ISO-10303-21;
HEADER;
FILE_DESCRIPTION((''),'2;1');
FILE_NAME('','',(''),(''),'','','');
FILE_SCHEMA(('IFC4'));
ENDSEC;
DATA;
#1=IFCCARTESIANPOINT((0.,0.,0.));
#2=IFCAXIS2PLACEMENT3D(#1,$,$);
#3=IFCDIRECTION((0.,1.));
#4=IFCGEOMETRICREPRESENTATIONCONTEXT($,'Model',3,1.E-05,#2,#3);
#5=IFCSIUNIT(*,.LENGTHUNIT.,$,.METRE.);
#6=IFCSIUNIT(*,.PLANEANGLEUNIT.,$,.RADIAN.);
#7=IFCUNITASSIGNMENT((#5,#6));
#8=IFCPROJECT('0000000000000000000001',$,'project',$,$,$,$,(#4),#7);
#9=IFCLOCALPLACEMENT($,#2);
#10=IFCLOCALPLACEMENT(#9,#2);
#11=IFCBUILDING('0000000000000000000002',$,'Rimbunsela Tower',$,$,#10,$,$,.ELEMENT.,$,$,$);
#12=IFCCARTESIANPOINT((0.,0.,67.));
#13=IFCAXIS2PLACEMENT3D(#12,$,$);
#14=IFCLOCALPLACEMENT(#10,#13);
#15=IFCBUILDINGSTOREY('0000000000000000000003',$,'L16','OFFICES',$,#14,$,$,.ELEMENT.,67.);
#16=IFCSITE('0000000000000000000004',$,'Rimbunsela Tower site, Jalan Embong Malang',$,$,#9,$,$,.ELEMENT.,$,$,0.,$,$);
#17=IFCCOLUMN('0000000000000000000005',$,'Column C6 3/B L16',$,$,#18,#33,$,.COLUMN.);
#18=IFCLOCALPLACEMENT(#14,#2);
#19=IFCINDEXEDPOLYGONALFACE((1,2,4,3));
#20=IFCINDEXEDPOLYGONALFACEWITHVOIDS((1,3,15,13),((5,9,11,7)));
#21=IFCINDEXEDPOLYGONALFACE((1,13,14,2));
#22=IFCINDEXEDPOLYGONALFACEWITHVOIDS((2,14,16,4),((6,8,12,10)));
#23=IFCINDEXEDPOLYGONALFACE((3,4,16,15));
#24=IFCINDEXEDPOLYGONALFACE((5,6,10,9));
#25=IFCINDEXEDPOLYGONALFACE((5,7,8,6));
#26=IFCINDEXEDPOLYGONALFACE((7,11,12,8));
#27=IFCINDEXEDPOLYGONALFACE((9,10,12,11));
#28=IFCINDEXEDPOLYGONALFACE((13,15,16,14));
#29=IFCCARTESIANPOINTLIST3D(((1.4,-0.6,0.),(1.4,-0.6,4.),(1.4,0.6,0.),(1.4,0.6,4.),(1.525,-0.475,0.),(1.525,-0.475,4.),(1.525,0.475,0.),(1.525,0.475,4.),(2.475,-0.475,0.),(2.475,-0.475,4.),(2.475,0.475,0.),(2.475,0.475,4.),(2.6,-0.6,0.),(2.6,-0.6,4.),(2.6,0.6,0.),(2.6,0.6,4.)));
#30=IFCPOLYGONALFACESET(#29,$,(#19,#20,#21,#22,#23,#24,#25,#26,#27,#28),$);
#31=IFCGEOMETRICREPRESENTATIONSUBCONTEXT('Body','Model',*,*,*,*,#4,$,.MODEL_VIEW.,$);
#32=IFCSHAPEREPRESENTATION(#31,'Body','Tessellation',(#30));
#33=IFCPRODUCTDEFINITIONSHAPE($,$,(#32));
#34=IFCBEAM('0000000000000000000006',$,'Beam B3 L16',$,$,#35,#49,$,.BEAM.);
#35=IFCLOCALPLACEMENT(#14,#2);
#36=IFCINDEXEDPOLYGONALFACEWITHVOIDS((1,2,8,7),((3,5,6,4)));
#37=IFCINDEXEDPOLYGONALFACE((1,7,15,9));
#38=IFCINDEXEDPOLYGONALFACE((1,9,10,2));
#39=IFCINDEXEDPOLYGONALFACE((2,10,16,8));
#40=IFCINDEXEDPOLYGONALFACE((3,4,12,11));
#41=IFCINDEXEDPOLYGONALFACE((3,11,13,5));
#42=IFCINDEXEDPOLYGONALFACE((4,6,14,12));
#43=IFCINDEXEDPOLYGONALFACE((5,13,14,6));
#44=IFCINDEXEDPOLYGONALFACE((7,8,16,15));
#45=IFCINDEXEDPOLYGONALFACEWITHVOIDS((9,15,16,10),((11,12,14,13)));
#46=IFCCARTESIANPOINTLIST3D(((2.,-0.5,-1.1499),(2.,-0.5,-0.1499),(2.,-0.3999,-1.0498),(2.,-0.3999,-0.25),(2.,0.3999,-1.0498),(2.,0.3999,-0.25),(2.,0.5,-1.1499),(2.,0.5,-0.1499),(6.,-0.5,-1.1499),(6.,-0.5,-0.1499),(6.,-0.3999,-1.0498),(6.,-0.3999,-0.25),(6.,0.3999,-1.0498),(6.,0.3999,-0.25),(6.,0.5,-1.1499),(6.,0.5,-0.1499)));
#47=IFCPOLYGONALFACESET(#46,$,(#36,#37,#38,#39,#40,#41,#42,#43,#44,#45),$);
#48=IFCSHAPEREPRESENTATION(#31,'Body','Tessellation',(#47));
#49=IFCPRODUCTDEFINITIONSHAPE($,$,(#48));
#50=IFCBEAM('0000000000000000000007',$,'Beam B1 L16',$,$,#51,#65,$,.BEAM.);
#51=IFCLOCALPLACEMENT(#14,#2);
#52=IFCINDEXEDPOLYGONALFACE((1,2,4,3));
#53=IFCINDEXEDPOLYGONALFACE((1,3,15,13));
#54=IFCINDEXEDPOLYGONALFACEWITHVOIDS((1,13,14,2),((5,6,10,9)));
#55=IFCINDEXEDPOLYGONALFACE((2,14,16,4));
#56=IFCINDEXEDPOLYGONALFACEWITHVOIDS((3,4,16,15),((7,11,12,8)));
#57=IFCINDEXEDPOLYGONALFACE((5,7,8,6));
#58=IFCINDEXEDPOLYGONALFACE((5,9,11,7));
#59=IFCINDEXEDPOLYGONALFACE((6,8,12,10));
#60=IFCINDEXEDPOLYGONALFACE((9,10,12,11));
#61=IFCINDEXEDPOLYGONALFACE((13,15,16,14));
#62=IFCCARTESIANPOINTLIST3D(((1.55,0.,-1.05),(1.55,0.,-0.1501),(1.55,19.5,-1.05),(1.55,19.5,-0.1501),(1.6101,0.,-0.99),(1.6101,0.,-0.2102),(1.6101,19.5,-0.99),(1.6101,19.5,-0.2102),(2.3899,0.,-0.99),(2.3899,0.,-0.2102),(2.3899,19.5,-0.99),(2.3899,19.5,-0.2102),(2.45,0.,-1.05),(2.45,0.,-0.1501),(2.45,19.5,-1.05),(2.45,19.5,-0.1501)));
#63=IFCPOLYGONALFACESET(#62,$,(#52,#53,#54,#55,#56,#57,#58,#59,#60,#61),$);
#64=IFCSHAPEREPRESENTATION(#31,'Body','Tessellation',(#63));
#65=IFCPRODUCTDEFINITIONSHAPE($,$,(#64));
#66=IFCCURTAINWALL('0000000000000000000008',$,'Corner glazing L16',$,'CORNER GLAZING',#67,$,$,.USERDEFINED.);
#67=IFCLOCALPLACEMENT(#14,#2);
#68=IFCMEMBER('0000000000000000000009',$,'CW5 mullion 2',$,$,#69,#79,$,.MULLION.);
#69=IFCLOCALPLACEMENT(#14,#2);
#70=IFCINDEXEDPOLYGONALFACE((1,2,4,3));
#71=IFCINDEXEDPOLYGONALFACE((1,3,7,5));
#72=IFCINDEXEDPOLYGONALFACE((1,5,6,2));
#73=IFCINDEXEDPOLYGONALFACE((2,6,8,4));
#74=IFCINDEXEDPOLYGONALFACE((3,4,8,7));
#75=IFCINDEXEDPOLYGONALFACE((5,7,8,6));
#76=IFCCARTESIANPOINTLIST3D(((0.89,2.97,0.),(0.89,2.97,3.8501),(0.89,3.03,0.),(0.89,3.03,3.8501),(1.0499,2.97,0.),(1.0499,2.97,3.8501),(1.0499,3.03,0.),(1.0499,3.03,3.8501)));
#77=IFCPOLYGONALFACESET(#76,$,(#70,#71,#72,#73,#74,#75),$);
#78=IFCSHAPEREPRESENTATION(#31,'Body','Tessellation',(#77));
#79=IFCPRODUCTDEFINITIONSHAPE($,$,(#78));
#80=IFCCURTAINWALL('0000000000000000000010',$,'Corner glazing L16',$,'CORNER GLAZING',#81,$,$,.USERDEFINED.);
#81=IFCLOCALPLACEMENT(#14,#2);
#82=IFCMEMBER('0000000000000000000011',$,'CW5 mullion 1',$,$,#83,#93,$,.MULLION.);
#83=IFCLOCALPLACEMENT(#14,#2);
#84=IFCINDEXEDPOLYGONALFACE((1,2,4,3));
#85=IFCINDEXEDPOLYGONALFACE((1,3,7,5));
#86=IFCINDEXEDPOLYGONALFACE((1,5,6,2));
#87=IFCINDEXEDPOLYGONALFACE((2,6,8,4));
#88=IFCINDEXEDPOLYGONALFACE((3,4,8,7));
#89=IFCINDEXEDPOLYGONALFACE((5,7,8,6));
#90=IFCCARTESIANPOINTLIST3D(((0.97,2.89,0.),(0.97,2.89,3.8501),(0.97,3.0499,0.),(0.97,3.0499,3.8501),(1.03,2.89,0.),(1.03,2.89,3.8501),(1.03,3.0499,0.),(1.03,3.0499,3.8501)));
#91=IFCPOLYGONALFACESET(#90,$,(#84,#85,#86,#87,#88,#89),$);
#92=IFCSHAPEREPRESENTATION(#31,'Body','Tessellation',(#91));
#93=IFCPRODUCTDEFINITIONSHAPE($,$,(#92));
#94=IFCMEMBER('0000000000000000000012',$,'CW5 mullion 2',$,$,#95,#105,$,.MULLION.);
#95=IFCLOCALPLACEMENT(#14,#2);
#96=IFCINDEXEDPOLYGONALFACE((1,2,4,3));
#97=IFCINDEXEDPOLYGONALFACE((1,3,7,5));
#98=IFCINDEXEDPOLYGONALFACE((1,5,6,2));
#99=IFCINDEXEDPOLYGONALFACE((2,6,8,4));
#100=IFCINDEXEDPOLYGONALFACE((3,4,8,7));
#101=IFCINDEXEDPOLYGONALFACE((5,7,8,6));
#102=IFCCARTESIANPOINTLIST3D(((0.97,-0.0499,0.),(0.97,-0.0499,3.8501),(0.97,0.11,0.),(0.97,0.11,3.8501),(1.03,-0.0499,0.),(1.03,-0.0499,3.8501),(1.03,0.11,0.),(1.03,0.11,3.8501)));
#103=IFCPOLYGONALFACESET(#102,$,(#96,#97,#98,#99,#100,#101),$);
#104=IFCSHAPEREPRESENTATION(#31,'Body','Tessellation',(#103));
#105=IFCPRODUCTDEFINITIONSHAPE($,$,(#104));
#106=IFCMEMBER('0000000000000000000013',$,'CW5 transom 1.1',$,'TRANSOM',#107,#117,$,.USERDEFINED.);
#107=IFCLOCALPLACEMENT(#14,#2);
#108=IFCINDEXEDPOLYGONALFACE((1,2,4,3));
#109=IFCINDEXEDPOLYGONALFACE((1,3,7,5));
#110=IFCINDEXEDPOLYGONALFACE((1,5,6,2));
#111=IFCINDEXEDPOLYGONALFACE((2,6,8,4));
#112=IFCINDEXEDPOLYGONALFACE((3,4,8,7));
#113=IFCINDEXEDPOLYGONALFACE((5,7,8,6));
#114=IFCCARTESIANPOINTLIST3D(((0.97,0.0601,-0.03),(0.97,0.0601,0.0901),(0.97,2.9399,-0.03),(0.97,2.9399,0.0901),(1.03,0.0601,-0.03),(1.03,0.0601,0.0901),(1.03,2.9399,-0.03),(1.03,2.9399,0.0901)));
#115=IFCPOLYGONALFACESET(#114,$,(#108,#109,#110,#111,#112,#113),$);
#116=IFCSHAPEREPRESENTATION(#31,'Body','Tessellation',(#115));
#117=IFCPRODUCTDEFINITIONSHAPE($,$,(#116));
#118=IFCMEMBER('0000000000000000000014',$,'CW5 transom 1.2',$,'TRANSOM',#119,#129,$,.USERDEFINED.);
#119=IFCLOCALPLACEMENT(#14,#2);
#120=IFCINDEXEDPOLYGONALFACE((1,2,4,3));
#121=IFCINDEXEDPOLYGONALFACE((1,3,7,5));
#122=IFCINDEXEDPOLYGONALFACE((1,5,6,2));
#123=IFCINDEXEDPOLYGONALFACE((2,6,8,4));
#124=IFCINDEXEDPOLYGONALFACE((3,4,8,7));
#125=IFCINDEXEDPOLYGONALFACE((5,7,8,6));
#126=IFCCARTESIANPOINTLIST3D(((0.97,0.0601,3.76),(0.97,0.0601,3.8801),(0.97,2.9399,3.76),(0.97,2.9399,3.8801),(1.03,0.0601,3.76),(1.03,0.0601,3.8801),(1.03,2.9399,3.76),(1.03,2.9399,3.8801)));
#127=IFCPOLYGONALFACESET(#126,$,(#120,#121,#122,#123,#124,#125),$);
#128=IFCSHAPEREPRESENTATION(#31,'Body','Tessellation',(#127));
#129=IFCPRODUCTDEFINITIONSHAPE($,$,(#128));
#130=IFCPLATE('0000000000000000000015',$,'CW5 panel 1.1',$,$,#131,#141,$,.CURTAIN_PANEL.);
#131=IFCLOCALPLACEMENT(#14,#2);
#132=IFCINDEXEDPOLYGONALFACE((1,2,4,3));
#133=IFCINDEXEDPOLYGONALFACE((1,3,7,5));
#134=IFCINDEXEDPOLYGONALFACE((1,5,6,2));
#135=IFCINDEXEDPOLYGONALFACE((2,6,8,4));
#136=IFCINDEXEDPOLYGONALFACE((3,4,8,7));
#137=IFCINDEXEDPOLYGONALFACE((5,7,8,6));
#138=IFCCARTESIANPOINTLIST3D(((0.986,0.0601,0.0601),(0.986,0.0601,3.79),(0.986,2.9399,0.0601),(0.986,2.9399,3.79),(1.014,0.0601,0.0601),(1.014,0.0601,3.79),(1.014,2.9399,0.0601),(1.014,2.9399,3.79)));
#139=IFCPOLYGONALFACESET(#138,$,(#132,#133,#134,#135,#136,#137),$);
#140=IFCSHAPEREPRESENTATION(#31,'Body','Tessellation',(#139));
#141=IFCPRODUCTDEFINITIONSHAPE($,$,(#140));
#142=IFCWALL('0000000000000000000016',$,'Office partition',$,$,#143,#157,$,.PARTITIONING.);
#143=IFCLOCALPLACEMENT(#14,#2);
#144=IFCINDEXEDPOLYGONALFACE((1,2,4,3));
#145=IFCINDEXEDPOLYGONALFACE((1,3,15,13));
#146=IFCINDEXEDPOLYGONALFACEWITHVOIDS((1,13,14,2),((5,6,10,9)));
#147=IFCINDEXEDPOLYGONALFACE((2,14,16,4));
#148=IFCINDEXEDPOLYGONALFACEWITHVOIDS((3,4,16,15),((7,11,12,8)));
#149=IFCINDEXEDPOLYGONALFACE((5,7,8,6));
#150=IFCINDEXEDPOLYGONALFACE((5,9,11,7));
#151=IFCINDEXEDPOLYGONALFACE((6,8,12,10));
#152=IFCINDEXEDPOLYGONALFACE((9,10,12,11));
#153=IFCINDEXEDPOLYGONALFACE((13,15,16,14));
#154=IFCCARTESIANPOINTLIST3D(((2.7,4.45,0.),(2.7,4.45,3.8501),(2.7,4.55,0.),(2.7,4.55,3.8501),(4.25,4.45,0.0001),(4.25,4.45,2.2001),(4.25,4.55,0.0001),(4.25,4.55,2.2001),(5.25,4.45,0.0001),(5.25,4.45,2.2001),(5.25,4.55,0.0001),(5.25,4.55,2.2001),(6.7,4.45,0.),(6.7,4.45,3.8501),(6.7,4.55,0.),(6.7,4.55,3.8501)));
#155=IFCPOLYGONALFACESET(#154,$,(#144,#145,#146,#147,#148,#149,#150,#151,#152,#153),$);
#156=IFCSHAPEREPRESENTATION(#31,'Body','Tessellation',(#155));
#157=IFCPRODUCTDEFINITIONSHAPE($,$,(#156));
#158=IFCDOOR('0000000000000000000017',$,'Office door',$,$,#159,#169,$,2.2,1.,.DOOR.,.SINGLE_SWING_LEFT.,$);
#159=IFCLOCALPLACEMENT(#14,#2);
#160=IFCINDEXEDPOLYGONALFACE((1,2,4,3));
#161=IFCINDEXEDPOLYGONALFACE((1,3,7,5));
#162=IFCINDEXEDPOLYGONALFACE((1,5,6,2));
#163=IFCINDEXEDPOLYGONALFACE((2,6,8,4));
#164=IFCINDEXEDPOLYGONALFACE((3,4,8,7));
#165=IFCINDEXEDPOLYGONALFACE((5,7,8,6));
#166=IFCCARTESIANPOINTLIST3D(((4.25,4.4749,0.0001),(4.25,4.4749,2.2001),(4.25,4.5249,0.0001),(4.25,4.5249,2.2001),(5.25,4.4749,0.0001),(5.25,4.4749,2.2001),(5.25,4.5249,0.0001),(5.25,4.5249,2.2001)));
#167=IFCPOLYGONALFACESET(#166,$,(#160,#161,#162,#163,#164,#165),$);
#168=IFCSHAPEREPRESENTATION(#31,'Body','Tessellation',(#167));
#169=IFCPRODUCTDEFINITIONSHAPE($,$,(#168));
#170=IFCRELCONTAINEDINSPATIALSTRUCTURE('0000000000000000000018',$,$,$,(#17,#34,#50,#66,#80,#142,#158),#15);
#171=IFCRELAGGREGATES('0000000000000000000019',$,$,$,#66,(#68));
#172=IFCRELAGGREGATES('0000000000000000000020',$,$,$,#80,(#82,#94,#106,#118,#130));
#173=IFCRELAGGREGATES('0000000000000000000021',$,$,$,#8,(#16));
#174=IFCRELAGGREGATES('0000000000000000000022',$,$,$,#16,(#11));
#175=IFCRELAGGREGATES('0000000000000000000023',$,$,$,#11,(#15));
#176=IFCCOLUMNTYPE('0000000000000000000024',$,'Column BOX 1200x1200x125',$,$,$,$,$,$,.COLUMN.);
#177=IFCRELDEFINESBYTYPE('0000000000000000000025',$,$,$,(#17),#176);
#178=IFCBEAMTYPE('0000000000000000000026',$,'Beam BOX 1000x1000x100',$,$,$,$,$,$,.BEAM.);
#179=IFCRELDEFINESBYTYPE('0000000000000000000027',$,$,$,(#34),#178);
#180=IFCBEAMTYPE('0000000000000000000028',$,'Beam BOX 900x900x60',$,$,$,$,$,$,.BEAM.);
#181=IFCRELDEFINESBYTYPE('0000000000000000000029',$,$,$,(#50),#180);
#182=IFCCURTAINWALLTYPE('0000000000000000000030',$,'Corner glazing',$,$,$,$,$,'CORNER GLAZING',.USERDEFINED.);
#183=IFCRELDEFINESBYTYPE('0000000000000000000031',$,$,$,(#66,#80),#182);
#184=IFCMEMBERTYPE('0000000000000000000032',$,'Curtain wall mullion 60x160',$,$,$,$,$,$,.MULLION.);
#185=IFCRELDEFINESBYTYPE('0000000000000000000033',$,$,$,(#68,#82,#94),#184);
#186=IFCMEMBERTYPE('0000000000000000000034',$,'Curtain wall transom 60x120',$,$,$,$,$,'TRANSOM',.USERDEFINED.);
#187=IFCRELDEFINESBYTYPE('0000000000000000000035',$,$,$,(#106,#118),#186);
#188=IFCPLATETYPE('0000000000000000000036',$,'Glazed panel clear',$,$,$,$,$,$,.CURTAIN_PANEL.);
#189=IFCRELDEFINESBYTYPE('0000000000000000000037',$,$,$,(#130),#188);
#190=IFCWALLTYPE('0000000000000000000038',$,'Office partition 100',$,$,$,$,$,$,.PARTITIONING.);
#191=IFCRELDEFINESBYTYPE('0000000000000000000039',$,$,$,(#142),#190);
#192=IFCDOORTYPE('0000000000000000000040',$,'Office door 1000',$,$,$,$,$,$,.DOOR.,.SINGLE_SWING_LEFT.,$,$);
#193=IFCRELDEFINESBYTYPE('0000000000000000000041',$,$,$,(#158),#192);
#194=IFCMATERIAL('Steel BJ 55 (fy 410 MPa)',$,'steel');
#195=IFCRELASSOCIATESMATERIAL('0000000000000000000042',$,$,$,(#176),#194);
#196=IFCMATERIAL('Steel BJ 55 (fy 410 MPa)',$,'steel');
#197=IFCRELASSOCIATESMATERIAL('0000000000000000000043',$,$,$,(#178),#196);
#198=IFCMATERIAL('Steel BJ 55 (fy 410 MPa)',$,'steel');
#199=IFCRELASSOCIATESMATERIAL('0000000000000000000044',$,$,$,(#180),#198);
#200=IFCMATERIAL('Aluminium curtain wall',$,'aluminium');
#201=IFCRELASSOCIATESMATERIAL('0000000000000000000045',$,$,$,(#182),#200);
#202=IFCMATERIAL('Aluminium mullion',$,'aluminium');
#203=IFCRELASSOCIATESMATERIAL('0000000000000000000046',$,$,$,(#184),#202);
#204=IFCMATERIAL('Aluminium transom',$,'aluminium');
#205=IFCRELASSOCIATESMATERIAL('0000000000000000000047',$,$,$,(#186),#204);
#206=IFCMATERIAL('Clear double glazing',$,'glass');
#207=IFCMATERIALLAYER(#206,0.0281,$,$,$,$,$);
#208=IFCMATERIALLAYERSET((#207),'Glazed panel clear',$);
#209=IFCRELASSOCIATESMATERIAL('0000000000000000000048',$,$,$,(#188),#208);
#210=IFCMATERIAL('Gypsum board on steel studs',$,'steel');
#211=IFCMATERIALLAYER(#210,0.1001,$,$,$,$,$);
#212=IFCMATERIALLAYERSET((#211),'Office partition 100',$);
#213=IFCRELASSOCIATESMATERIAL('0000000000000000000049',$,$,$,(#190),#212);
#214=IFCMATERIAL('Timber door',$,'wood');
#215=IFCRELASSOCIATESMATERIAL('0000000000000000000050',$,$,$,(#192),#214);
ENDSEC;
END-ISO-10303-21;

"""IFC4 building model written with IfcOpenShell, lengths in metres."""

from ifc_helpers import new_model, si_unit, direction, frame, frame_2d, origin, origin_2d, place, context, subcontext, project, spatial, rectangle, hollow_rectangle, extrude, material, layer, layer_set, material_profile, profile_set, type_object, element, fill, aggregate, save


model = new_model("IFC4")

# Units and contexts
model_context = context("Model", 3, precision=1e-05, world=origin(), true_north=direction((0.0, 1.0)))
body_context = subcontext(model_context, "Body", "Model", "MODEL_VIEW")
ifc_project = project(units=[si_unit("LENGTHUNIT", "METRE"), si_unit("PLANEANGLEUNIT", "RADIAN")], contexts=[model_context])

# Site, building, storey
site_placement = place(None, origin())
site = spatial("IfcSite", under=ifc_project, at=site_placement, Name="Rimbunsela Tower site, Jalan Embong Malang", CompositionType="ELEMENT", RefElevation=0.0)
building_placement = place(site_placement, origin())
building = spatial("IfcBuilding", under=site, at=building_placement, Name="Rimbunsela Tower", CompositionType="ELEMENT")
storey_placement = place(building_placement, frame((0.0, 0.0, 67.0)))
storey = spatial("IfcBuildingStorey", under=building, at=storey_placement, Name="L16", Description="OFFICES", CompositionType="ELEMENT", Elevation=67.0)

# Column
ifc_material_1 = material(Name="Steel BJ 55 (fy 410 MPa)", Category="steel")
ifc_material_profile_1 = material_profile(ifc_material_1, hollow_rectangle(XDim=1.2, YDim=1.2, WallThickness=0.125, at=origin_2d()), Name="BOX 1200x1200x125")
ifc_profile_set_1 = profile_set([ifc_material_profile_1], Name="Steel BJ 55 (fy 410 MPa)")
column_type = type_object("IfcColumnType", Name="Column BOX 1200x1200x125", PredefinedType="COLUMN", material=ifc_profile_set_1)
column_placement = place(storey_placement, frame((2.0, 0.0, 0.0), z_axis=(0.0, 0.0, 1.0), x_axis=(1.0, 0.0, 0.0)))
element("IfcColumn", 1, at=column_placement, inside=storey, type_object=column_type, Name="Column C6 3/B L16", PredefinedType="COLUMN", context=body_context, shape_type="SweptSolid", body=[
    extrude(hollow_rectangle(XDim=1.2, YDim=1.2, WallThickness=0.125, at=origin_2d()), origin(), (0.0, 0.0, 1.0), 4.0),
])

# Beams
ifc_material_2 = material(Name="Steel BJ 55 (fy 410 MPa)", Category="steel")
ifc_material_profile_2 = material_profile(ifc_material_2, hollow_rectangle(XDim=1.0, YDim=1.0, WallThickness=0.1001, at=origin_2d()), Name="BOX 1000x1000x100")
ifc_profile_set_2 = profile_set([ifc_material_profile_2], Name="Steel BJ 55 (fy 410 MPa)")
beam_type_1 = type_object("IfcBeamType", Name="Beam BOX 1000x1000x100", PredefinedType="BEAM", material=ifc_profile_set_2)
beam_1_placement = place(storey_placement, frame((2.0, 0.0, -0.6499), z_axis=(1.0, 0.0, 0.0), x_axis=(0.0, 1.0, 0.0)))
element("IfcBeam", 2, at=beam_1_placement, inside=storey, type_object=beam_type_1, Name="Beam B3 L16", PredefinedType="BEAM", context=body_context, shape_type="SweptSolid", body=[
    extrude(hollow_rectangle(XDim=1.0, YDim=1.0, WallThickness=0.1001, at=origin_2d()), origin(), (0.0, 0.0, 1.0), 4.0),
])
ifc_material_3 = material(Name="Steel BJ 55 (fy 410 MPa)", Category="steel")
ifc_material_profile_3 = material_profile(ifc_material_3, hollow_rectangle(XDim=0.8999, YDim=0.8999, WallThickness=0.0601, at=origin_2d()), Name="BOX 900x900x60")
ifc_profile_set_3 = profile_set([ifc_material_profile_3], Name="Steel BJ 55 (fy 410 MPa)")
beam_type_2 = type_object("IfcBeamType", Name="Beam BOX 900x900x60", PredefinedType="BEAM", material=ifc_profile_set_3)
beam_2_placement = place(storey_placement, frame((2.0, 0.0, -0.6001), z_axis=(0.0, 1.0, 0.0), x_axis=(-1.0, 0.0, 0.0)))
element("IfcBeam", 3, at=beam_2_placement, inside=storey, type_object=beam_type_2, Name="Beam B1 L16", PredefinedType="BEAM", context=body_context, shape_type="SweptSolid", body=[
    extrude(hollow_rectangle(XDim=0.8999, YDim=0.8999, WallThickness=0.0601, at=origin_2d()), origin(), (0.0, 0.0, 1.0), 19.5),
])

# Curtain wall, member
ifc_material_4 = material(Name="Aluminium curtain wall", Category="aluminium")
curtain_wall_type = type_object("IfcCurtainWallType", Name="Corner glazing", ElementType="CORNER GLAZING", PredefinedType="USERDEFINED", material=ifc_material_4)
curtain_wall_1_placement = place(storey_placement, origin())
curtain_wall_1 = element("IfcCurtainWall", 4, at=curtain_wall_1_placement, inside=storey, type_object=curtain_wall_type, Name="Corner glazing L16", ObjectType="CORNER GLAZING", PredefinedType="USERDEFINED")
ifc_material_5 = material(Name="Aluminium mullion", Category="aluminium")
ifc_material_profile_4 = material_profile(ifc_material_5, rectangle(XDim=0.0601, YDim=0.1599, at=origin_2d()), Name="Mullion 60x160")
ifc_profile_set_4 = profile_set([ifc_material_profile_4], Name="Aluminium mullion")
member_type_1 = type_object("IfcMemberType", Name="Curtain wall mullion 60x160", PredefinedType="MULLION", material=ifc_profile_set_4)
member_1_placement = place(storey_placement, frame((0.97, 3.0, 0.0), z_axis=(0.0, 0.0, 1.0), x_axis=(0.0, 1.0, 0.0)))
member_1 = element("IfcMember", 5, at=member_1_placement, type_object=member_type_1, Name="CW5 mullion 2", PredefinedType="MULLION", context=body_context, shape_type="SweptSolid", body=[
    extrude(rectangle(XDim=0.0601, YDim=0.1599, at=origin_2d()), origin(), (0.0, 0.0, 1.0), 3.8501),
])
aggregate(curtain_wall_1, [member_1])

# Curtain wall, members, plate
curtain_wall_2_placement = place(storey_placement, origin())
curtain_wall_2 = element("IfcCurtainWall", 6, at=curtain_wall_2_placement, inside=storey, type_object=curtain_wall_type, Name="Corner glazing L16", ObjectType="CORNER GLAZING", PredefinedType="USERDEFINED")
member_2_placement = place(storey_placement, frame((1.0, 2.97, 0.0), z_axis=(0.0, 0.0, 1.0), x_axis=(1.0, 0.0, 0.0)))
member_2 = element("IfcMember", 7, at=member_2_placement, type_object=member_type_1, Name="CW5 mullion 1", PredefinedType="MULLION", context=body_context, shape_type="SweptSolid", body=[
    extrude(rectangle(XDim=0.0601, YDim=0.1599, at=origin_2d()), origin(), (0.0, 0.0, 1.0), 3.8501),
])
member_3_placement = place(storey_placement, frame((1.0, 0.03, 0.0), z_axis=(0.0, 0.0, 1.0), x_axis=(1.0, 0.0, 0.0)))
member_3 = element("IfcMember", 8, at=member_3_placement, type_object=member_type_1, Name="CW5 mullion 2", PredefinedType="MULLION", context=body_context, shape_type="SweptSolid", body=[
    extrude(rectangle(XDim=0.0601, YDim=0.1599, at=origin_2d()), origin(), (0.0, 0.0, 1.0), 3.8501),
])
ifc_material_6 = material(Name="Aluminium transom", Category="aluminium")
ifc_material_profile_5 = material_profile(ifc_material_6, rectangle(XDim=0.0601, YDim=0.1201, at=origin_2d()), Name="Transom 60x120")
ifc_profile_set_5 = profile_set([ifc_material_profile_5], Name="Aluminium transom")
member_type_2 = type_object("IfcMemberType", Name="Curtain wall transom 60x120", ElementType="TRANSOM", PredefinedType="USERDEFINED", material=ifc_profile_set_5)
member_4_placement = place(storey_placement, frame((1.0, 2.9399, 0.03), z_axis=(0.0, -1.0, 0.0), x_axis=(1.0, 0.0, 0.0)))
member_4 = element("IfcMember", 9, at=member_4_placement, type_object=member_type_2, Name="CW5 transom 1.1", ObjectType="TRANSOM", PredefinedType="USERDEFINED", context=body_context, shape_type="SweptSolid", body=[
    extrude(rectangle(XDim=0.0601, YDim=0.1201, at=origin_2d()), origin(), (0.0, 0.0, 1.0), 2.8799),
])
member_5_placement = place(storey_placement, frame((1.0, 2.9399, 3.8201), z_axis=(0.0, -1.0, 0.0), x_axis=(1.0, 0.0, 0.0)))
member_5 = element("IfcMember", 10, at=member_5_placement, type_object=member_type_2, Name="CW5 transom 1.2", ObjectType="TRANSOM", PredefinedType="USERDEFINED", context=body_context, shape_type="SweptSolid", body=[
    extrude(rectangle(XDim=0.0601, YDim=0.1201, at=origin_2d()), origin(), (0.0, 0.0, 1.0), 2.8799),
])
ifc_material_7 = material(Name="Clear double glazing", Category="glass")
ifc_layer_1 = layer(ifc_material_7, 0.0281)
ifc_layer_set_1 = layer_set([ifc_layer_1], Name="Glazed panel clear")
plate_type = type_object("IfcPlateType", Name="Glazed panel clear", PredefinedType="CURTAIN_PANEL", material=ifc_layer_set_1)
plate_placement = place(storey_placement, frame((1.0, 1.5, 0.0601), z_axis=(0.0, 0.0, 1.0), x_axis=(0.0, -1.0, 0.0)))
plate = element("IfcPlate", 11, at=plate_placement, type_object=plate_type, Name="CW5 panel 1.1", PredefinedType="CURTAIN_PANEL", context=body_context, shape_type="SweptSolid", body=[
    extrude(rectangle(XDim=2.8799, YDim=0.0281, at=origin_2d()), origin(), (0.0, 0.0, 1.0), 3.73),
])
aggregate(curtain_wall_2, [member_2, member_3, member_4, member_5, plate])

# Wall, opening, door
ifc_material_8 = material(Name="Gypsum board on steel studs", Category="steel")
ifc_layer_2 = layer(ifc_material_8, 0.1001)
ifc_layer_set_2 = layer_set([ifc_layer_2], Name="Office partition 100")
wall_type_1 = type_object("IfcWallType", Name="Office partition 100", PredefinedType="PARTITIONING", material=ifc_layer_set_2)
wall_1_placement = place(storey_placement, frame((2.7, 4.5, 0.0), z_axis=(0.0, 0.0, 1.0), x_axis=(1.0, 0.0, 0.0)))
wall_1 = element("IfcWall", 12, at=wall_1_placement, inside=storey, type_object=wall_type_1, Name="Office partition", PredefinedType="PARTITIONING", context=body_context, shape_type="SweptSolid", body=[
    extrude(rectangle(XDim=4.0, YDim=0.1001, at=frame_2d((2.0, 0.0))), origin(), (0.0, 0.0, 1.0), 3.8501),
])
opening_1_placement = place(wall_1_placement, frame((1.55, 0.0, 0.0)))
opening_1 = element("IfcOpeningElement", 13, at=opening_1_placement, cuts=wall_1, PredefinedType="OPENING", context=body_context, shape_type="SweptSolid", body=[
    extrude(rectangle(XDim=1.0, YDim=2.2, at=frame_2d((0.5, 1.1001))), frame((0.0, 0.0601, 0.0), z_axis=(0.0, -1.0, 0.0), x_axis=(1.0, 0.0, 0.0)), (0.0, 0.0, 1.0), 0.1201),
])
ifc_material_9 = material(Name="Timber door", Category="wood")
door_type = type_object("IfcDoorType", Name="Office door 1000", OperationType="SINGLE_SWING_LEFT", PredefinedType="DOOR", material=ifc_material_9)
door_placement = place(opening_1_placement, origin())
door = element("IfcDoor", 14, at=door_placement, inside=storey, type_object=door_type, Name="Office door", OperationType="SINGLE_SWING_LEFT", OverallHeight=2.2, OverallWidth=1.0, PredefinedType="DOOR", context=body_context, shape_type="SweptSolid", body=[
    extrude(rectangle(XDim=1.0, YDim=2.2, at=frame_2d((0.5, 1.1001))), frame((0.0, 0.0249, 0.0), z_axis=(0.0, -1.0, 0.0), x_axis=(1.0, 0.0, 0.0)), (0.0, 0.0, 1.0), 0.05),
])
fill(opening_1, door)

save(model, "model.ifc")
